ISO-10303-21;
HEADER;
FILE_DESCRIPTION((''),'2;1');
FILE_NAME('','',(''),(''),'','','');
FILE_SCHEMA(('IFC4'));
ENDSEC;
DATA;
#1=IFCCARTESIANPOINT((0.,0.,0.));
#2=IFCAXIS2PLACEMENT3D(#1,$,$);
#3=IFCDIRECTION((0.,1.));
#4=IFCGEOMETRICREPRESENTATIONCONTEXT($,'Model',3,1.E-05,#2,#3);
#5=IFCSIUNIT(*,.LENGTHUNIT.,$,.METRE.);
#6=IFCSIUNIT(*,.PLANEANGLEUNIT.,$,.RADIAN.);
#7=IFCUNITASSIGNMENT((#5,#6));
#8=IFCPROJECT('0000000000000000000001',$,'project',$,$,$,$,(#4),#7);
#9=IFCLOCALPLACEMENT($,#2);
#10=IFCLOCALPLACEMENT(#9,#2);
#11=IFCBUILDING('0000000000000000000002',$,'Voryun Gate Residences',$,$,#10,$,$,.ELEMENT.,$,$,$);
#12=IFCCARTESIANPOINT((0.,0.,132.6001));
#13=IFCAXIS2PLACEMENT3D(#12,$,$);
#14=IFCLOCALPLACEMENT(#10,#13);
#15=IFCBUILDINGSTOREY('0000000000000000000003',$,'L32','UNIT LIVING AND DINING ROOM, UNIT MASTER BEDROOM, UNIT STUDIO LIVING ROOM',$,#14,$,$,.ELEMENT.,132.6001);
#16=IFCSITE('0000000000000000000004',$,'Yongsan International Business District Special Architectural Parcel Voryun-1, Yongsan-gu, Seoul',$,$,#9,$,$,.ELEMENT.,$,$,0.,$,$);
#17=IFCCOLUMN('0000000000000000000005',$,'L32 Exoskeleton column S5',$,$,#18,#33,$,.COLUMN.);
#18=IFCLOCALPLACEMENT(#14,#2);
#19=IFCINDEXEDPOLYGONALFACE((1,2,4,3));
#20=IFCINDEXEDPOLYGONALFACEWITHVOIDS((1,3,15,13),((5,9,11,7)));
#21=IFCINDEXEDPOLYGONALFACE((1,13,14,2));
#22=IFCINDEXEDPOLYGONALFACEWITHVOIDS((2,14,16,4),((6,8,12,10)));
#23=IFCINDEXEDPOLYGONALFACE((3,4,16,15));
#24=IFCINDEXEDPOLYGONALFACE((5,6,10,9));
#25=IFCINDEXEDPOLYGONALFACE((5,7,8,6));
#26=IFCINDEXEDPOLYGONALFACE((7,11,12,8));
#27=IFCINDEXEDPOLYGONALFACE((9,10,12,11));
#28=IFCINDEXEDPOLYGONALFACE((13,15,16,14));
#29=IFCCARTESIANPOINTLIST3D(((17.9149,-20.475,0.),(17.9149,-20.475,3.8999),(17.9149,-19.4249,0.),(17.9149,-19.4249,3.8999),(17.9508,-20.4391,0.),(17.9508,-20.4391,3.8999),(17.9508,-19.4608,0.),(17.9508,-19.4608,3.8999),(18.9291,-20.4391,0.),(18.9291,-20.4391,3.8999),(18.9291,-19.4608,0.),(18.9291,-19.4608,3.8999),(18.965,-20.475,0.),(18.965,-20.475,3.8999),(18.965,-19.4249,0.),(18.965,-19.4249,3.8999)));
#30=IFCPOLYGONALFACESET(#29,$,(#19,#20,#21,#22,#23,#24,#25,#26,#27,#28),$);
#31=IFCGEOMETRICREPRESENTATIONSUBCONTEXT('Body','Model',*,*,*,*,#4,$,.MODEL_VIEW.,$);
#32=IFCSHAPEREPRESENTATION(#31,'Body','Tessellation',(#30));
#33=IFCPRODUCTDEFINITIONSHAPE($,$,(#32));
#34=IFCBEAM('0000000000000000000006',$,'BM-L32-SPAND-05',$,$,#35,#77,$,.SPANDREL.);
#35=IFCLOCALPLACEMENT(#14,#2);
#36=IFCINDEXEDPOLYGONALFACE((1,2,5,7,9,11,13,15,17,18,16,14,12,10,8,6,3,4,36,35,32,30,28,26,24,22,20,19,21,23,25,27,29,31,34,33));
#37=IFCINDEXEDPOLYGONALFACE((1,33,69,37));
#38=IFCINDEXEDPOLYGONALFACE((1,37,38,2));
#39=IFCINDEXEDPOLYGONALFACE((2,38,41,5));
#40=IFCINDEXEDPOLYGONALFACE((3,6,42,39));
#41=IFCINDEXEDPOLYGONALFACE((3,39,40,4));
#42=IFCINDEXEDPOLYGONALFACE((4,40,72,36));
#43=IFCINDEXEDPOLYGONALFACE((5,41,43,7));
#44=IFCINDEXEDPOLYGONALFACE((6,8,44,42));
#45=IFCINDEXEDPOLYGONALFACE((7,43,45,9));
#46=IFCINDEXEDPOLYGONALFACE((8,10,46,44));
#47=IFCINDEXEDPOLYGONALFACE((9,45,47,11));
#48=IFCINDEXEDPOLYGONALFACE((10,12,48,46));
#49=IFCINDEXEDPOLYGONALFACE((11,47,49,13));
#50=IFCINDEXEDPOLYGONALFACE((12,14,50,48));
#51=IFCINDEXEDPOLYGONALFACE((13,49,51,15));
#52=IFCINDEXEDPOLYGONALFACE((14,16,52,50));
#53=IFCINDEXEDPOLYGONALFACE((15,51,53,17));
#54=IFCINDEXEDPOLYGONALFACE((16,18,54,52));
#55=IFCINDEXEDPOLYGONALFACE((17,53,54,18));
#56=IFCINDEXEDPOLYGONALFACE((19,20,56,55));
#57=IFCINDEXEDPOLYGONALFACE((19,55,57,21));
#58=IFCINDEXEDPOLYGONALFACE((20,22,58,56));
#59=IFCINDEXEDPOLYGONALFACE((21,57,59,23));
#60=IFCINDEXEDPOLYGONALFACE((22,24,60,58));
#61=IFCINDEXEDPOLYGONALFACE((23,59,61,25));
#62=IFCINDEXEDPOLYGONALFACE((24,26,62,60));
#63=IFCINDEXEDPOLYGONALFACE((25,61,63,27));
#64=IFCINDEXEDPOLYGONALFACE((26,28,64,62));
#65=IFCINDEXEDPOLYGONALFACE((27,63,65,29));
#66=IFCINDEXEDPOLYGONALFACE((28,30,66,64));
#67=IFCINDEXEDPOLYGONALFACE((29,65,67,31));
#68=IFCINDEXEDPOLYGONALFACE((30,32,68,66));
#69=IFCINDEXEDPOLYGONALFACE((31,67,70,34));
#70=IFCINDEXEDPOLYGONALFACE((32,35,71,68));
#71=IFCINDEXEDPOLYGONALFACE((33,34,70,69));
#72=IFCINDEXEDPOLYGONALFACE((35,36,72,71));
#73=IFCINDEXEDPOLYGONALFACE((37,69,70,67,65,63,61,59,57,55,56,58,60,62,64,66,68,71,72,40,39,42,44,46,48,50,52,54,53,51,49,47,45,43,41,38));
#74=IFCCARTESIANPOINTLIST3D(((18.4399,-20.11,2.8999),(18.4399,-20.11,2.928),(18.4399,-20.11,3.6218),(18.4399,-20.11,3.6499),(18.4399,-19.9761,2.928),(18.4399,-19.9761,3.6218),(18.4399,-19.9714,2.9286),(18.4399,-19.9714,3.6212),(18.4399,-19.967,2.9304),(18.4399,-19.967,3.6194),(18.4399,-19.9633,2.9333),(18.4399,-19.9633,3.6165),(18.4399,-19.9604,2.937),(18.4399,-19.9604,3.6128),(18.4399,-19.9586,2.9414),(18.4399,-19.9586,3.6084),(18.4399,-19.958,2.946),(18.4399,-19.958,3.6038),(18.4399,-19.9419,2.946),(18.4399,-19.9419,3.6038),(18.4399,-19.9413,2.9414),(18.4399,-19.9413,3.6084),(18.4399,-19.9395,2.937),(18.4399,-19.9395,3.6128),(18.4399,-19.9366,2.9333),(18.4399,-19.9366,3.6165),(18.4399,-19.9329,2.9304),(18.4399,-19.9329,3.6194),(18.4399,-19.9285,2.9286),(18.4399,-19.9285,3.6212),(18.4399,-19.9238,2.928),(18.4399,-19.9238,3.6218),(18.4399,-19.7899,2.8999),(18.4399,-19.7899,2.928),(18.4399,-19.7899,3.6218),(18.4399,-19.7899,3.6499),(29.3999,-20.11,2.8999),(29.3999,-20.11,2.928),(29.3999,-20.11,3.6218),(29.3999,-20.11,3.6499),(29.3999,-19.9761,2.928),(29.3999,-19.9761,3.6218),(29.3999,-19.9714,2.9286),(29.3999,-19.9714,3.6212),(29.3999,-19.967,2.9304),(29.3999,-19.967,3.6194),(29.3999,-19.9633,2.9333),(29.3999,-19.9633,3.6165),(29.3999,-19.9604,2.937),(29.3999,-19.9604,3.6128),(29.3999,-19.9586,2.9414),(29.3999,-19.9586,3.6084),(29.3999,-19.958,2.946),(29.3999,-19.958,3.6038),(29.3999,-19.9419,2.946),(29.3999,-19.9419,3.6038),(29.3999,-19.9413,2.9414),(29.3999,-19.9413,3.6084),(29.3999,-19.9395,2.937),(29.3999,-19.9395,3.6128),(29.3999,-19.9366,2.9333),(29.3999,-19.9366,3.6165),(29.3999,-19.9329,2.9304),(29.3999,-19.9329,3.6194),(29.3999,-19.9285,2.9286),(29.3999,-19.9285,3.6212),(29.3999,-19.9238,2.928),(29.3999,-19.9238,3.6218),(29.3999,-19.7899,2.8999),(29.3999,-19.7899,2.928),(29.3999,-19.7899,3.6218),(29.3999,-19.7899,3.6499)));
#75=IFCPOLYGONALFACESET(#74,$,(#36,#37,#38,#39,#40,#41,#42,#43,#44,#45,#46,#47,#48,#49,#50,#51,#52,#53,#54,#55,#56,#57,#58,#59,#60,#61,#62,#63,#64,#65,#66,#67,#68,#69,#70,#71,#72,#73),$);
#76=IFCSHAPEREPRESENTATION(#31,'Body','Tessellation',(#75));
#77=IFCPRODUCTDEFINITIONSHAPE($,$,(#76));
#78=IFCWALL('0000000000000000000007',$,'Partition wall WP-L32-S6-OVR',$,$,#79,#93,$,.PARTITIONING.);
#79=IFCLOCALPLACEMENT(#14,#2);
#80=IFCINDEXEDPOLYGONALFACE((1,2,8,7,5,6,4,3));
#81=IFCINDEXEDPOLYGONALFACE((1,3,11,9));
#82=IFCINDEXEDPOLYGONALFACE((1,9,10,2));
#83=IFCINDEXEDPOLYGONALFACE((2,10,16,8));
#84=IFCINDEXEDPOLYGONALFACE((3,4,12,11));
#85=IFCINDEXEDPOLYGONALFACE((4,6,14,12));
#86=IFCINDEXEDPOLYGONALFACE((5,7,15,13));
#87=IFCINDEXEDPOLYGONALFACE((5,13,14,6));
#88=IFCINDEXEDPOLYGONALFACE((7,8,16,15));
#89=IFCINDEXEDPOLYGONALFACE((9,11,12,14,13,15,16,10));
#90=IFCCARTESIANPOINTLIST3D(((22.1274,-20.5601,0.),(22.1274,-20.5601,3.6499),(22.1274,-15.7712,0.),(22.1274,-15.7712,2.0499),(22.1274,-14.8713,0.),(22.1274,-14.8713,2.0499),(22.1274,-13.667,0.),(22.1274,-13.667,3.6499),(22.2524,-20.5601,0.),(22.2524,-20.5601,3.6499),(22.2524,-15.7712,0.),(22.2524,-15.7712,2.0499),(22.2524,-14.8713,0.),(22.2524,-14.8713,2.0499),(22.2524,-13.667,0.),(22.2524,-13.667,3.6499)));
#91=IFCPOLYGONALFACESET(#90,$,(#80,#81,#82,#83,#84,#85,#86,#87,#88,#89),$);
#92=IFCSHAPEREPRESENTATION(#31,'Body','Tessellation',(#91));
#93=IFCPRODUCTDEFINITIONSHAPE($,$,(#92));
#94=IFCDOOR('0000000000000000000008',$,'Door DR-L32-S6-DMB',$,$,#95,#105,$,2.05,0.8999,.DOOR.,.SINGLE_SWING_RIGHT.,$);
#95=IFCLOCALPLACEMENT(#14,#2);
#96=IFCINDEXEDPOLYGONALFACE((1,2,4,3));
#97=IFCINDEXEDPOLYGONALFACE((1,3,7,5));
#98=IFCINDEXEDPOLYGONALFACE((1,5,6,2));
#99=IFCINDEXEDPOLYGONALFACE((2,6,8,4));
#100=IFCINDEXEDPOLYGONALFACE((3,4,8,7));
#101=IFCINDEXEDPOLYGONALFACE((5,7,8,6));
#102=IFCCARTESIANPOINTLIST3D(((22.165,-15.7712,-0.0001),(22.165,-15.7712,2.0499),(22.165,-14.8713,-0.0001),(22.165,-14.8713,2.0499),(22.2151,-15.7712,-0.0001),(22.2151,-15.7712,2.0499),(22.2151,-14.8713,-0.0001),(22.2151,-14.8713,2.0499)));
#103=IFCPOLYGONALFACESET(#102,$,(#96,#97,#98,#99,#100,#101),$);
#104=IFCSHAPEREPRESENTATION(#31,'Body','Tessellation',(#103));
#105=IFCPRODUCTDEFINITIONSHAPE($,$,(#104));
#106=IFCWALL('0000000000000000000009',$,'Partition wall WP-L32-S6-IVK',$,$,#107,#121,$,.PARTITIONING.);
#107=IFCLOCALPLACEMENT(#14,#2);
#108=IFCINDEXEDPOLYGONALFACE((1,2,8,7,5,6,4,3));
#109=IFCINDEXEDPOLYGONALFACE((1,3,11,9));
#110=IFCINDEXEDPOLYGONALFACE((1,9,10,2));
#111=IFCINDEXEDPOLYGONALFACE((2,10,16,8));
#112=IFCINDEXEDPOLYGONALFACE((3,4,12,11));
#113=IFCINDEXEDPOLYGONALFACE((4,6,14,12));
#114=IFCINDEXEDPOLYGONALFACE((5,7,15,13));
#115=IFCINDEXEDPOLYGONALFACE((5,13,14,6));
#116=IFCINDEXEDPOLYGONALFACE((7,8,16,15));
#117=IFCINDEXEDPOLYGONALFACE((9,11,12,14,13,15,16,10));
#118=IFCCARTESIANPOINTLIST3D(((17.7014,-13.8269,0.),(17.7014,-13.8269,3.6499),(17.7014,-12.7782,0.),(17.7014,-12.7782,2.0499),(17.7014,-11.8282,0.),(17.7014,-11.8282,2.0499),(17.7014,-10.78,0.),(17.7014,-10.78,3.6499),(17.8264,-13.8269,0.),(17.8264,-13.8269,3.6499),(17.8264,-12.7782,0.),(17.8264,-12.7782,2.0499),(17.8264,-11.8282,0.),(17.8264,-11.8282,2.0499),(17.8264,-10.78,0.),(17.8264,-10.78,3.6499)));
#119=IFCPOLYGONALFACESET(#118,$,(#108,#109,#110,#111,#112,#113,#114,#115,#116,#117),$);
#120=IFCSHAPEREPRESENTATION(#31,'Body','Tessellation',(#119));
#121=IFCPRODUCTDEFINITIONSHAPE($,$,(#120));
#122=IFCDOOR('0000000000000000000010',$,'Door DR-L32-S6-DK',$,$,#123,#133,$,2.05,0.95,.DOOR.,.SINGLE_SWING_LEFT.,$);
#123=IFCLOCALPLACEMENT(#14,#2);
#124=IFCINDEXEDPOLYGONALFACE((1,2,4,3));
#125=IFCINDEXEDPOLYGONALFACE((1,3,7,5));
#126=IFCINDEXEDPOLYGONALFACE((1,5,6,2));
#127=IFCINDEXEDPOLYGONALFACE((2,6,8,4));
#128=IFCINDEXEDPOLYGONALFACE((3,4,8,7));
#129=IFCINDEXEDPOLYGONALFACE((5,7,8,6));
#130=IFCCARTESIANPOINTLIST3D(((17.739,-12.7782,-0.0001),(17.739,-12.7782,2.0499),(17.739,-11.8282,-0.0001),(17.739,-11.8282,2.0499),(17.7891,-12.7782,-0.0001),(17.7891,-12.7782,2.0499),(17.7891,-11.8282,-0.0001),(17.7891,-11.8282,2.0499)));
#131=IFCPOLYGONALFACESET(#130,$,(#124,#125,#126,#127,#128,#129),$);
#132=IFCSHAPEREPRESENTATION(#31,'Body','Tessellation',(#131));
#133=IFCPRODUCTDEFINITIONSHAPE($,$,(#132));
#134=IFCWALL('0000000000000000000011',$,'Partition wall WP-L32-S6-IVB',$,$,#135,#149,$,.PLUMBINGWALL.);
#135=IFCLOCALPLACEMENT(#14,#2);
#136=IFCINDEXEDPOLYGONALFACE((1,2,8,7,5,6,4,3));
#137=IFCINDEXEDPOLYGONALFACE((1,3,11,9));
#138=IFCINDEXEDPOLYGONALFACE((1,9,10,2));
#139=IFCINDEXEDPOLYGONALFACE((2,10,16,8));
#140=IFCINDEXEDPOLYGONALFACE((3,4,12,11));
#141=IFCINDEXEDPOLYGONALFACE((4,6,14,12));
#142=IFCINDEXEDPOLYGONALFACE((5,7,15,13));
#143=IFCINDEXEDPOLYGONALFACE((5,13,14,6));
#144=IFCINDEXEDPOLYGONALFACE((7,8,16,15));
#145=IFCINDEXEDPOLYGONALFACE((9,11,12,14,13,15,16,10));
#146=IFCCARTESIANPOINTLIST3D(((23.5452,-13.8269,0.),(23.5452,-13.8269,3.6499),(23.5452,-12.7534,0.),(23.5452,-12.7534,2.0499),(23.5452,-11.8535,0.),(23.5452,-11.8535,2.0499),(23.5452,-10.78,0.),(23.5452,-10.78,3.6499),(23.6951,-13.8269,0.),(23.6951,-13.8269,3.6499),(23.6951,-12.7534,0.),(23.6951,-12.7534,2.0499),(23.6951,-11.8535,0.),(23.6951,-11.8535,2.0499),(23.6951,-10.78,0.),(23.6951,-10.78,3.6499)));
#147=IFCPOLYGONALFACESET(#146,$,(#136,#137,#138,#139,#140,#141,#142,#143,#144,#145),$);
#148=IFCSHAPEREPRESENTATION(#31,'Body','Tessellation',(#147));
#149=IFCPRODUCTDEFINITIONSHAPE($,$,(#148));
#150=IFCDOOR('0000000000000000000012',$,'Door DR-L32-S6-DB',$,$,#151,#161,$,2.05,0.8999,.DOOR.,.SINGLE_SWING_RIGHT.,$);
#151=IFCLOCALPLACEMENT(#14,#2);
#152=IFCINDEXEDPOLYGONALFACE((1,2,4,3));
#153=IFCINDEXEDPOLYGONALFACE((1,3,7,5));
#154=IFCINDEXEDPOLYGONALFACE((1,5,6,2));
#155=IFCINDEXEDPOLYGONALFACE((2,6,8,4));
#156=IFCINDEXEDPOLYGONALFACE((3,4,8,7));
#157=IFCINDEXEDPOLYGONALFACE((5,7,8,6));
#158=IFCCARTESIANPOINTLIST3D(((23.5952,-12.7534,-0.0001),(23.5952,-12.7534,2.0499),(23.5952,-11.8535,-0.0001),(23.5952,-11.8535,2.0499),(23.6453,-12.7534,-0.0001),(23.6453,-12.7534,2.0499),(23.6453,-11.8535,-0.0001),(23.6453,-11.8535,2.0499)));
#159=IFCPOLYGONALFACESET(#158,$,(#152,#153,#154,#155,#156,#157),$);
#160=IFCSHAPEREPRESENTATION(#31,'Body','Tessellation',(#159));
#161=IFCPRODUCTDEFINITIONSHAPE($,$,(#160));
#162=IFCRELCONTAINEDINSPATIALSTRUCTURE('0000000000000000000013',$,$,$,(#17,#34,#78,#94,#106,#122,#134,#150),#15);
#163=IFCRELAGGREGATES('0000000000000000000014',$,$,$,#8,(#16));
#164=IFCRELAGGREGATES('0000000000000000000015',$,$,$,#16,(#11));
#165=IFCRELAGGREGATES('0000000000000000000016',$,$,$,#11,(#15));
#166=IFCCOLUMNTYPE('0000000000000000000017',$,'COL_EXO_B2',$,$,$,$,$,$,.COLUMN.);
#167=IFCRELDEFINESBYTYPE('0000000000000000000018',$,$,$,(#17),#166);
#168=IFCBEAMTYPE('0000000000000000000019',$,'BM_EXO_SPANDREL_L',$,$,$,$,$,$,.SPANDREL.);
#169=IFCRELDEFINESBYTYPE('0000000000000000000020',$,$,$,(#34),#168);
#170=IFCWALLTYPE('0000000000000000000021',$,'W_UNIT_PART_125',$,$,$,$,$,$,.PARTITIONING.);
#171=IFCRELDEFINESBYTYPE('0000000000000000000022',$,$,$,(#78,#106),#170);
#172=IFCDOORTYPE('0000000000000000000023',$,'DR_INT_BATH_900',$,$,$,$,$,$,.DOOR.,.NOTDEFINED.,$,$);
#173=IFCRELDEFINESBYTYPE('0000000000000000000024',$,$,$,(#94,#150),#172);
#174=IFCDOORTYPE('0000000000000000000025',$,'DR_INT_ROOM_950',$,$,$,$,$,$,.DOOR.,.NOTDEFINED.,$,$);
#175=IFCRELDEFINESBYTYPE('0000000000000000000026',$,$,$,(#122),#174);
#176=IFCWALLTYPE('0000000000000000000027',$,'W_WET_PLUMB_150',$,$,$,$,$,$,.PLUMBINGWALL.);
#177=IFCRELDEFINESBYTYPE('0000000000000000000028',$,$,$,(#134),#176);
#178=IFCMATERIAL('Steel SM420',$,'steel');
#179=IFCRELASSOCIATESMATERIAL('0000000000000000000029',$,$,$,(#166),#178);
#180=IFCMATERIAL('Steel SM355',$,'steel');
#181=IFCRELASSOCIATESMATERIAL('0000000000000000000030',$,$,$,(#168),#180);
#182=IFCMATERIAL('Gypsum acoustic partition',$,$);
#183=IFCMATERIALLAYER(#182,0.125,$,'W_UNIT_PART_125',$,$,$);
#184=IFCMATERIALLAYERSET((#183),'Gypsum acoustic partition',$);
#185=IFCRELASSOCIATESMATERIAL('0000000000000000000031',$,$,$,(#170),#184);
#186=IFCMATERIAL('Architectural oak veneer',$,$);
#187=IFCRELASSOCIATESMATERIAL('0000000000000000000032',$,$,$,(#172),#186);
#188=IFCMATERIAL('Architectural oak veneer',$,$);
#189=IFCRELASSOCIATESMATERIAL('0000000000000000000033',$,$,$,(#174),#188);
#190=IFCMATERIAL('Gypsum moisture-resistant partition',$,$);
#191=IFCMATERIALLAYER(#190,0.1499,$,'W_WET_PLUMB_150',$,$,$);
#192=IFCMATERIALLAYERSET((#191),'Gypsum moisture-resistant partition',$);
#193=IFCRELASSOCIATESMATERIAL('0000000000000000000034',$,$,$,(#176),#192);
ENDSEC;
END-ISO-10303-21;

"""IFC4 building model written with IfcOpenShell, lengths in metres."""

from ifc_helpers import new_model, si_unit, direction, frame, frame_2d, origin, origin_2d, place, context, subcontext, project, spatial, rectangle, hollow_rectangle, i_section, extrude, material, layer, layer_set, material_profile, profile_set, type_object, element, fill, save


model = new_model("IFC4")

# Units and contexts
model_context = context("Model", 3, precision=1e-05, world=origin(), true_north=direction((0.0, 1.0)))
body_context = subcontext(model_context, "Body", "Model", "MODEL_VIEW")
ifc_project = project(units=[si_unit("LENGTHUNIT", "METRE"), si_unit("PLANEANGLEUNIT", "RADIAN")], contexts=[model_context])

# Site, building, storey
site_placement = place(None, origin())
site = spatial("IfcSite", under=ifc_project, at=site_placement, Name="Yongsan International Business District Special Architectural Parcel Voryun-1, Yongsan-gu, Seoul", CompositionType="ELEMENT", RefElevation=0.0)
building_placement = place(site_placement, origin())
building = spatial("IfcBuilding", under=site, at=building_placement, Name="Voryun Gate Residences", CompositionType="ELEMENT")
storey_placement = place(building_placement, frame((0.0, 0.0, 132.6001)))
storey = spatial("IfcBuildingStorey", under=building, at=storey_placement, Name="L32", Description="UNIT LIVING AND DINING ROOM, UNIT MASTER BEDROOM, UNIT STUDIO LIVING ROOM", CompositionType="ELEMENT", Elevation=132.6001)

# Column
ifc_material_1 = material(Name="Steel SM420", Category="steel")
ifc_material_profile_1 = material_profile(ifc_material_1, hollow_rectangle(XDim=1.05, YDim=1.05, WallThickness=0.0359, at=origin_2d()), Name="BOX-1050x1050x36")
ifc_profile_set_1 = profile_set([ifc_material_profile_1], Name="Steel SM420")
column_type = type_object("IfcColumnType", Name="COL_EXO_B2", PredefinedType="COLUMN", material=ifc_profile_set_1)
column_placement = place(storey_placement, frame((18.4399, -19.95, 0.0), z_axis=(0.0, 0.0, 1.0), x_axis=(1.0, 0.0, 0.0)))
element("IfcColumn", 1, at=column_placement, inside=storey, type_object=column_type, Name="L32 Exoskeleton column S5", PredefinedType="COLUMN", context=body_context, shape_type="SweptSolid", body=[
    extrude(hollow_rectangle(XDim=1.05, YDim=1.05, WallThickness=0.0359, at=origin_2d()), origin(), (0.0, 0.0, 1.0), 3.8999),
])

# Beam
ifc_material_2 = material(Name="Steel SM355", Category="steel")
ifc_material_profile_2 = material_profile(ifc_material_2, i_section(OverallWidth=0.3201, OverallDepth=0.75, WebThickness=0.0161, FlangeThickness=0.0281, FilletRadius=0.0181, at=origin_2d()), Name="H-750x320x16x28")
ifc_profile_set_2 = profile_set([ifc_material_profile_2], Name="Steel SM355")
beam_type = type_object("IfcBeamType", Name="BM_EXO_SPANDREL_L", PredefinedType="SPANDREL", material=ifc_profile_set_2)
beam_placement = place(storey_placement, frame((18.4399, -19.95, 3.2749), z_axis=(1.0, 0.0, 0.0), x_axis=(0.0, 1.0, 0.0)))
element("IfcBeam", 2, at=beam_placement, inside=storey, type_object=beam_type, Name="BM-L32-SPAND-05", PredefinedType="SPANDREL", context=body_context, shape_type="SweptSolid", body=[
    extrude(i_section(OverallWidth=0.3201, OverallDepth=0.75, WebThickness=0.0161, FlangeThickness=0.0281, FilletRadius=0.0181, at=origin_2d()), origin(), (0.0, 0.0, 1.0), 10.96),
])

# Walls, openings, doors
ifc_material_3 = material(Name="Gypsum acoustic partition")
ifc_layer_1 = layer(ifc_material_3, 0.125, Name="W_UNIT_PART_125")
ifc_layer_set_1 = layer_set([ifc_layer_1], Name="Gypsum acoustic partition")
wall_type_1 = type_object("IfcWallType", Name="W_UNIT_PART_125", PredefinedType="PARTITIONING", material=ifc_layer_set_1)
wall_1_placement = place(storey_placement, frame((22.1899, -20.5601, 0.0), z_axis=(0.0, 0.0, 1.0), x_axis=(0.0, 1.0, 0.0)))
wall_1 = element("IfcWall", 3, at=wall_1_placement, inside=storey, type_object=wall_type_1, Name="Partition wall WP-L32-S6-OVR", PredefinedType="PARTITIONING", context=body_context, shape_type="SweptSolid", body=[
    extrude(rectangle(XDim=6.8931, YDim=0.125, at=frame_2d((3.4465, 0.0))), origin(), (0.0, 0.0, 1.0), 3.6499),
])
opening_1_placement = place(wall_1_placement, frame((4.7888, 0.0, 0.0)))
opening_1 = element("IfcOpeningElement", 4, at=opening_1_placement, cuts=wall_1, PredefinedType="OPENING", context=body_context, shape_type="SweptSolid", body=[
    extrude(rectangle(XDim=0.8999, YDim=2.05, at=frame_2d((0.45, 1.0249))), frame((0.0, 0.0725, 0.0), z_axis=(0.0, -1.0, 0.0), x_axis=(1.0, 0.0, 0.0)), (0.0, 0.0, 1.0), 0.145),
])
ifc_material_4 = material(Name="Architectural oak veneer")
door_type_1 = type_object("IfcDoorType", Name="DR_INT_BATH_900", OperationType="NOTDEFINED", PredefinedType="DOOR", material=ifc_material_4)
door_1_placement = place(opening_1_placement, origin())
door_1 = element("IfcDoor", 5, at=door_1_placement, inside=storey, type_object=door_type_1, Name="Door DR-L32-S6-DMB", OperationType="SINGLE_SWING_RIGHT", OverallHeight=2.05, OverallWidth=0.8999, PredefinedType="DOOR", context=body_context, shape_type="SweptSolid", body=[
    extrude(rectangle(XDim=0.8999, YDim=2.05, at=frame_2d((0.45, 1.0249))), frame((0.0, 0.0249, 0.0), z_axis=(0.0, -1.0, 0.0), x_axis=(1.0, 0.0, 0.0)), (0.0, 0.0, 1.0), 0.05),
])
fill(opening_1, door_1)
wall_2_placement = place(storey_placement, frame((17.7639, -13.8269, 0.0), z_axis=(0.0, 0.0, 1.0), x_axis=(0.0, 1.0, 0.0)))
wall_2 = element("IfcWall", 6, at=wall_2_placement, inside=storey, type_object=wall_type_1, Name="Partition wall WP-L32-S6-IVK", PredefinedType="PARTITIONING", context=body_context, shape_type="SweptSolid", body=[
    extrude(rectangle(XDim=3.0469, YDim=0.125, at=frame_2d((1.5234, 0.0))), origin(), (0.0, 0.0, 1.0), 3.6499),
])
opening_2_placement = place(wall_2_placement, frame((1.0486, 0.0, 0.0)))
opening_2 = element("IfcOpeningElement", 7, at=opening_2_placement, cuts=wall_2, PredefinedType="OPENING", context=body_context, shape_type="SweptSolid", body=[
    extrude(rectangle(XDim=0.95, YDim=2.05, at=frame_2d((0.4751, 1.0249))), frame((0.0, 0.0725, 0.0), z_axis=(0.0, -1.0, 0.0), x_axis=(1.0, 0.0, 0.0)), (0.0, 0.0, 1.0), 0.145),
])
ifc_material_5 = material(Name="Architectural oak veneer")
door_type_2 = type_object("IfcDoorType", Name="DR_INT_ROOM_950", OperationType="NOTDEFINED", PredefinedType="DOOR", material=ifc_material_5)
door_2_placement = place(opening_2_placement, origin())
door_2 = element("IfcDoor", 8, at=door_2_placement, inside=storey, type_object=door_type_2, Name="Door DR-L32-S6-DK", OperationType="SINGLE_SWING_LEFT", OverallHeight=2.05, OverallWidth=0.95, PredefinedType="DOOR", context=body_context, shape_type="SweptSolid", body=[
    extrude(rectangle(XDim=0.95, YDim=2.05, at=frame_2d((0.4751, 1.0249))), frame((0.0, 0.0249, 0.0), z_axis=(0.0, -1.0, 0.0), x_axis=(1.0, 0.0, 0.0)), (0.0, 0.0, 1.0), 0.05),
])
fill(opening_2, door_2)
ifc_material_6 = material(Name="Gypsum moisture-resistant partition")
ifc_layer_2 = layer(ifc_material_6, 0.1499, Name="W_WET_PLUMB_150")
ifc_layer_set_2 = layer_set([ifc_layer_2], Name="Gypsum moisture-resistant partition")
wall_type_2 = type_object("IfcWallType", Name="W_WET_PLUMB_150", PredefinedType="PLUMBINGWALL", material=ifc_layer_set_2)
wall_3_placement = place(storey_placement, frame((23.6201, -13.8269, 0.0), z_axis=(0.0, 0.0, 1.0), x_axis=(0.0, 1.0, 0.0)))
wall_3 = element("IfcWall", 9, at=wall_3_placement, inside=storey, type_object=wall_type_2, Name="Partition wall WP-L32-S6-IVB", PredefinedType="PLUMBINGWALL", context=body_context, shape_type="SweptSolid", body=[
    extrude(rectangle(XDim=3.0469, YDim=0.1499, at=frame_2d((1.5234, 0.0))), origin(), (0.0, 0.0, 1.0), 3.6499),
])
opening_3_placement = place(wall_3_placement, frame((1.0735, 0.0, 0.0)))
opening_3 = element("IfcOpeningElement", 10, at=opening_3_placement, cuts=wall_3, PredefinedType="OPENING", context=body_context, shape_type="SweptSolid", body=[
    extrude(rectangle(XDim=0.8999, YDim=2.05, at=frame_2d((0.45, 1.0249))), frame((0.0, 0.085, 0.0), z_axis=(0.0, -1.0, 0.0), x_axis=(1.0, 0.0, 0.0)), (0.0, 0.0, 1.0), 0.1699),
])
door_3_placement = place(opening_3_placement, origin())
door_3 = element("IfcDoor", 11, at=door_3_placement, inside=storey, type_object=door_type_1, Name="Door DR-L32-S6-DB", OperationType="SINGLE_SWING_RIGHT", OverallHeight=2.05, OverallWidth=0.8999, PredefinedType="DOOR", context=body_context, shape_type="SweptSolid", body=[
    extrude(rectangle(XDim=0.8999, YDim=2.05, at=frame_2d((0.45, 1.0249))), frame((0.0, 0.0249, 0.0), z_axis=(0.0, -1.0, 0.0), x_axis=(1.0, 0.0, 0.0)), (0.0, 0.0, 1.0), 0.05),
])
fill(opening_3, door_3)

save(model, "model.ifc")
